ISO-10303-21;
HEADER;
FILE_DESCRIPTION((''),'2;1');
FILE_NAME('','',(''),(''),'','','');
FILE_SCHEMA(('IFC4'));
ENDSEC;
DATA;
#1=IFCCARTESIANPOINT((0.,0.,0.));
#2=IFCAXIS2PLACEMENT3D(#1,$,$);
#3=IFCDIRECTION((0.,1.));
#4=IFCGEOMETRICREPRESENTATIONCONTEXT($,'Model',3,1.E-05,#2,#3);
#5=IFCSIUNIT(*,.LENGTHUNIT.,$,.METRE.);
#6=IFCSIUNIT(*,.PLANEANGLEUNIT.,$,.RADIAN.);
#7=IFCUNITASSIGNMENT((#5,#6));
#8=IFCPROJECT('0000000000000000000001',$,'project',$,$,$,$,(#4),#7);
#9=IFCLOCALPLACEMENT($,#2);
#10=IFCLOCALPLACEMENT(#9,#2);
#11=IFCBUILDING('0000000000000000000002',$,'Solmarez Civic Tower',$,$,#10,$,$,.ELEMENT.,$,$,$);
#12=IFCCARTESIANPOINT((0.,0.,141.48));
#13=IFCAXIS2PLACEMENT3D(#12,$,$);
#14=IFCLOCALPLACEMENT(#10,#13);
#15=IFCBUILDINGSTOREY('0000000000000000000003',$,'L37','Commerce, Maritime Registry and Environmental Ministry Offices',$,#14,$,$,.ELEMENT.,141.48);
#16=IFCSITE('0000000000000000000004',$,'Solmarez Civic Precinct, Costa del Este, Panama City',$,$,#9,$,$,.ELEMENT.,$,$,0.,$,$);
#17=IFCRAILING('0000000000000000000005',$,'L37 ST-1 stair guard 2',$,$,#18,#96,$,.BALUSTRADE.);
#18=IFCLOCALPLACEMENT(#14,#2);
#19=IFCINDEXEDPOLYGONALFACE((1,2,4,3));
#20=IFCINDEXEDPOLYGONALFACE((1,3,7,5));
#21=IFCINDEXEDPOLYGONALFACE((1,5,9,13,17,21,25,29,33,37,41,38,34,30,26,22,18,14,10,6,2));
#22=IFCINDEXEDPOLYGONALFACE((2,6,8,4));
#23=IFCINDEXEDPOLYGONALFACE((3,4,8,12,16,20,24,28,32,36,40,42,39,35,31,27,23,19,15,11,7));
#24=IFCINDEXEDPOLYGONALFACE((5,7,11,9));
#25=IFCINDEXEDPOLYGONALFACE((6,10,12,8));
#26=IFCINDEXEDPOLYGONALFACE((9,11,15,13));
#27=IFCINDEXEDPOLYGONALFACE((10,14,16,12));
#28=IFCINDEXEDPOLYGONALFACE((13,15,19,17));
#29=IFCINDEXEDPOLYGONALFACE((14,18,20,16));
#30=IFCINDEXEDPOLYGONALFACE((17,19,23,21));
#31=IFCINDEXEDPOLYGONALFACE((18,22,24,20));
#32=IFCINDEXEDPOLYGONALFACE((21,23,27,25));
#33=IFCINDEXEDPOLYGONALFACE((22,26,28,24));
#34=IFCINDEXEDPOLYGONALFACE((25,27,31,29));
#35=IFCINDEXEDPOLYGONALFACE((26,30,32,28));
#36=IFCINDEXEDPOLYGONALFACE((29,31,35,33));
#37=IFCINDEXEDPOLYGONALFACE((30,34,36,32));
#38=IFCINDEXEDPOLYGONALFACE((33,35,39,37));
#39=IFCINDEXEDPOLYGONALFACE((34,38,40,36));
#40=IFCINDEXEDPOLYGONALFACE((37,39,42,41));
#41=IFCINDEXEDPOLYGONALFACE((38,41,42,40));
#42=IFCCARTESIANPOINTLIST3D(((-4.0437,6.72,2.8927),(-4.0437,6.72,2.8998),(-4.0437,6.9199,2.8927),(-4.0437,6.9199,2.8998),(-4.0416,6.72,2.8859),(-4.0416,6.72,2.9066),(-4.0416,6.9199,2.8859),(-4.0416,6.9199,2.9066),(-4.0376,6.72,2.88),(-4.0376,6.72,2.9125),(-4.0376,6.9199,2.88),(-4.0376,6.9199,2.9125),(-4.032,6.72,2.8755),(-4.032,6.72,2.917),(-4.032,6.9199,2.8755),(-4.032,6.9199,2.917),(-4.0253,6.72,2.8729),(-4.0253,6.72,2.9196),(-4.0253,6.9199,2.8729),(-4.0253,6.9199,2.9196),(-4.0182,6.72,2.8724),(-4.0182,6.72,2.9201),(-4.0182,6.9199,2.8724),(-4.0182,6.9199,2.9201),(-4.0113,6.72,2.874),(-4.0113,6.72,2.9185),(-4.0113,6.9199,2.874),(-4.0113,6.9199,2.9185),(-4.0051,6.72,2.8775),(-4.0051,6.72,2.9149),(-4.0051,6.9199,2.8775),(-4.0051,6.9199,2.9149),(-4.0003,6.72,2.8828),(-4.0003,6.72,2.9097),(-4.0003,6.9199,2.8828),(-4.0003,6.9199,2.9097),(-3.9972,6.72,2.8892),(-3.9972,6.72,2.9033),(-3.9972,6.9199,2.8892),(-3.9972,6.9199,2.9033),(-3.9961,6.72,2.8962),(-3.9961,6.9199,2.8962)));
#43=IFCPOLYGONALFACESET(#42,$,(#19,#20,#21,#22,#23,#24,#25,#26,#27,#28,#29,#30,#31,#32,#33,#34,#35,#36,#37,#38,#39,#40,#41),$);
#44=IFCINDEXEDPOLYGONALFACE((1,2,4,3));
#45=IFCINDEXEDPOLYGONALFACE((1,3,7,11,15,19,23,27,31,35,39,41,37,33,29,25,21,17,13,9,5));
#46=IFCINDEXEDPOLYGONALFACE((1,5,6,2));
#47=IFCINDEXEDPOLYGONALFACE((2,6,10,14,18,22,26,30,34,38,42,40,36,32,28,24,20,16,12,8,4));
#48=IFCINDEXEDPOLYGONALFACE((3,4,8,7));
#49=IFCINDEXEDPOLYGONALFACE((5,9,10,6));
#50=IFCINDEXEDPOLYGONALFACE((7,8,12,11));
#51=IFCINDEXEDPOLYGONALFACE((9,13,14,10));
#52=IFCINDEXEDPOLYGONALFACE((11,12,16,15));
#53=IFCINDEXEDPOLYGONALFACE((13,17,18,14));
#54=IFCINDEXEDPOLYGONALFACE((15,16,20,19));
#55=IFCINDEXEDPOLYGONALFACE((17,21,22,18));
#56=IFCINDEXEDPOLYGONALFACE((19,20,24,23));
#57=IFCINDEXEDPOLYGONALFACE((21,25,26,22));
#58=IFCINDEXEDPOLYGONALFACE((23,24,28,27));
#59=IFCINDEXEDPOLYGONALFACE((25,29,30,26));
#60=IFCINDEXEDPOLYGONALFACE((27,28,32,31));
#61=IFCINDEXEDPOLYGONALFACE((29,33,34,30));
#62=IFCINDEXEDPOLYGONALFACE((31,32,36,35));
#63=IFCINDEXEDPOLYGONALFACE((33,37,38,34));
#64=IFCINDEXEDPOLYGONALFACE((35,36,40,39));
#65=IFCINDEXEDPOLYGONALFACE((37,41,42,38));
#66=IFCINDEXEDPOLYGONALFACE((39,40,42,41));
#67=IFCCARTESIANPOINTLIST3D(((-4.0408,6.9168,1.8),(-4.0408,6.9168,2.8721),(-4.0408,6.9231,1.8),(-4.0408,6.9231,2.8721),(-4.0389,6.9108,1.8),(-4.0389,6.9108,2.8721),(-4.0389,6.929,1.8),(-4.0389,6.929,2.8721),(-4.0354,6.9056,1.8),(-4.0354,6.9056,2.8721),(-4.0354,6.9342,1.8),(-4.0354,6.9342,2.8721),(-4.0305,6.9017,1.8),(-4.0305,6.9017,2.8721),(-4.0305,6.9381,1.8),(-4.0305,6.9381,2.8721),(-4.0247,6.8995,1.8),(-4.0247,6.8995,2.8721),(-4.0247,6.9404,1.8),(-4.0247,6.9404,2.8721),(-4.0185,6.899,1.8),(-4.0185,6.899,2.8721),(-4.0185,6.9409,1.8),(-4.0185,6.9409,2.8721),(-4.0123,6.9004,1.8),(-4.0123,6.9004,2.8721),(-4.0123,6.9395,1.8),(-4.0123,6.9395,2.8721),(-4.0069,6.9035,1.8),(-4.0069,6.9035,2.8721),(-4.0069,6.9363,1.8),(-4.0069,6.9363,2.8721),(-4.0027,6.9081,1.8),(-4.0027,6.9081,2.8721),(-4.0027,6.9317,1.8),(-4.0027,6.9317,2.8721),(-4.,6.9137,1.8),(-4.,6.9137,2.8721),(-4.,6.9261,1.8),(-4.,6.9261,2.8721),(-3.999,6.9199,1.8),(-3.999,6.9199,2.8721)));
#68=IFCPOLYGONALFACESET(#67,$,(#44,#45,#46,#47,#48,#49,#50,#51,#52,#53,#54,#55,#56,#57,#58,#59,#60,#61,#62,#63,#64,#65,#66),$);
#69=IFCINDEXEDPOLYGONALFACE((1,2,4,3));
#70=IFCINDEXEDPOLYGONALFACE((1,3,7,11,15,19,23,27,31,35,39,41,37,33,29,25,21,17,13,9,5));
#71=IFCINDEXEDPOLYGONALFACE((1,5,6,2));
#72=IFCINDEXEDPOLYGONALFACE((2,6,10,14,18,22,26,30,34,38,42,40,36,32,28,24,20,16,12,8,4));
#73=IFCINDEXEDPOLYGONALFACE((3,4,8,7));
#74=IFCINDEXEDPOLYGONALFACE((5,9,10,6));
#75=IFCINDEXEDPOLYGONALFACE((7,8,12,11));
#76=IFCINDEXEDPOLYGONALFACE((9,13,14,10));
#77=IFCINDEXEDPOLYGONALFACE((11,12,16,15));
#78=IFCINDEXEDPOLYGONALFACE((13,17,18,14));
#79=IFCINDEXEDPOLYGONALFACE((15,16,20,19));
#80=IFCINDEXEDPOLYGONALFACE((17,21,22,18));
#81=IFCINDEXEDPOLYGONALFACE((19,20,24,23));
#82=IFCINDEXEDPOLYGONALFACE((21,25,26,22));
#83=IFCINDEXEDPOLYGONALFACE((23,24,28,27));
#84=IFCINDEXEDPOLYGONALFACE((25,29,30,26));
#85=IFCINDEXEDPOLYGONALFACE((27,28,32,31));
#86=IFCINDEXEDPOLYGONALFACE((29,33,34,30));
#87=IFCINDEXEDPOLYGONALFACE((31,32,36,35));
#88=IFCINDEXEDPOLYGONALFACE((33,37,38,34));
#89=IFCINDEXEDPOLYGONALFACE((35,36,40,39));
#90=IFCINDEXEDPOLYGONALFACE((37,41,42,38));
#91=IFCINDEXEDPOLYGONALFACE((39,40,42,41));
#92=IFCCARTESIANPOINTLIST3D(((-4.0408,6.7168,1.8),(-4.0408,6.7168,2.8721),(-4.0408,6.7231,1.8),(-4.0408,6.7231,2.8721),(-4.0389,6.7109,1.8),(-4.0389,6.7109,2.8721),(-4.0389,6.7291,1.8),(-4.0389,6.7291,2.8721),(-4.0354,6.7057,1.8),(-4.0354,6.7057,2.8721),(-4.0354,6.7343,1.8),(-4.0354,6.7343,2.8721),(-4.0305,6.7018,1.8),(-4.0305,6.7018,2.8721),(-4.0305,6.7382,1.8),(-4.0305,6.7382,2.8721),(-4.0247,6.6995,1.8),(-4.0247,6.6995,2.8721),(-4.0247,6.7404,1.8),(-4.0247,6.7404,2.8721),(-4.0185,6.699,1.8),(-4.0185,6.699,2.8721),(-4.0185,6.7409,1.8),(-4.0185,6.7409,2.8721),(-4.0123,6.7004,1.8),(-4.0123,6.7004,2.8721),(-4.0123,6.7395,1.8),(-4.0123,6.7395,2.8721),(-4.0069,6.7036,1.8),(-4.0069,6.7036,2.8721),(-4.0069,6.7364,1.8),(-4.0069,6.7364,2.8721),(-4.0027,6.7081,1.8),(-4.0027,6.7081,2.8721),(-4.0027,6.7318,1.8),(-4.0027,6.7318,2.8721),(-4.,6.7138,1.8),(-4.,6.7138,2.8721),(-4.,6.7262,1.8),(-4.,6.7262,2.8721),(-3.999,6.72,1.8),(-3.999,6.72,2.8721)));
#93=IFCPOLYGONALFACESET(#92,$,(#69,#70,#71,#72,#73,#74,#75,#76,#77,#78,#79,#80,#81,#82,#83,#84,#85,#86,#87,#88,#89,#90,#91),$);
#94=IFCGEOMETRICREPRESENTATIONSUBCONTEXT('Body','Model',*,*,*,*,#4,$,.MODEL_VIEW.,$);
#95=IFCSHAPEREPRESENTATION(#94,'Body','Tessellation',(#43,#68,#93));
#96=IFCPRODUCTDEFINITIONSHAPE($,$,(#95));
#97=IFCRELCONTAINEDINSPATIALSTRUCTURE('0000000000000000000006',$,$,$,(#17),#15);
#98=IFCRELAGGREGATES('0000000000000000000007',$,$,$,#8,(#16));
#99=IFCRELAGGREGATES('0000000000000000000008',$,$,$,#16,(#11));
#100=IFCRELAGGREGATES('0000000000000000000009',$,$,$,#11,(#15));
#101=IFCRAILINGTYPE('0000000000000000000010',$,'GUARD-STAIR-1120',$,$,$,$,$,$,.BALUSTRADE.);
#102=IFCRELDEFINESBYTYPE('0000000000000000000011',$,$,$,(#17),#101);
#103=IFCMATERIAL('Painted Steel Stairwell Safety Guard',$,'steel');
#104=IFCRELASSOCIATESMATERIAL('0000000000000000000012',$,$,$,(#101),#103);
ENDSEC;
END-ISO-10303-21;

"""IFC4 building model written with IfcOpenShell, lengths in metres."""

from ifc_helpers import new_model, si_unit, direction, frame, origin, origin_2d, place, context, subcontext, project, spatial, circle, extrude, material, type_object, element, save


model = new_model("IFC4")

# Units and contexts
model_context = context("Model", 3, precision=1e-05, world=origin(), true_north=direction((0.0, 1.0)))
body_context = subcontext(model_context, "Body", "Model", "MODEL_VIEW")
ifc_project = project(units=[si_unit("LENGTHUNIT", "METRE"), si_unit("PLANEANGLEUNIT", "RADIAN")], contexts=[model_context])

# Site, building, storey
site_placement = place(None, origin())
site = spatial("IfcSite", under=ifc_project, at=site_placement, Name="Solmarez Civic Precinct, Costa del Este, Panama City", CompositionType="ELEMENT", RefElevation=0.0)
building_placement = place(site_placement, origin())
building = spatial("IfcBuilding", under=site, at=building_placement, Name="Solmarez Civic Tower", CompositionType="ELEMENT")
storey_placement = place(building_placement, frame((0.0, 0.0, 141.48)))
storey = spatial("IfcBuildingStorey", under=building, at=storey_placement, Name="L37", Description="Commerce, Maritime Registry and Environmental Ministry Offices", CompositionType="ELEMENT", Elevation=141.48)

# Railing
ifc_material_1 = material(Name="Painted Steel Stairwell Safety Guard", Category="steel")
railing_type_1 = type_object("IfcRailingType", Name="GUARD-STAIR-1120", PredefinedType="BALUSTRADE", material=ifc_material_1)
railing_1_placement = place(storey_placement, frame((-4.02, 6.9199, 1.8)))
element("IfcRailing", 1, at=railing_1_placement, inside=storey, type_object=railing_type_1, Name="L37 ST-1 stair guard 2", PredefinedType="BALUSTRADE", context=body_context, shape_type="SweptSolid", body=[
    extrude(circle(Radius=0.0239, at=origin_2d()), frame((0.0, 0.0, 1.0962), z_axis=(0.0, -1.0, 0.0), x_axis=(1.0, 0.0, 0.0)), (0.0, 0.0, 1.0), 0.2),
    extrude(circle(Radius=0.021, at=origin_2d()), origin(), (0.0, 0.0, 1.0), 1.072),
    extrude(circle(Radius=0.021, at=origin_2d()), frame((0.0, -0.2, 0.0)), (0.0, 0.0, 1.0), 1.072),
])

save(model, "model.ifc")
